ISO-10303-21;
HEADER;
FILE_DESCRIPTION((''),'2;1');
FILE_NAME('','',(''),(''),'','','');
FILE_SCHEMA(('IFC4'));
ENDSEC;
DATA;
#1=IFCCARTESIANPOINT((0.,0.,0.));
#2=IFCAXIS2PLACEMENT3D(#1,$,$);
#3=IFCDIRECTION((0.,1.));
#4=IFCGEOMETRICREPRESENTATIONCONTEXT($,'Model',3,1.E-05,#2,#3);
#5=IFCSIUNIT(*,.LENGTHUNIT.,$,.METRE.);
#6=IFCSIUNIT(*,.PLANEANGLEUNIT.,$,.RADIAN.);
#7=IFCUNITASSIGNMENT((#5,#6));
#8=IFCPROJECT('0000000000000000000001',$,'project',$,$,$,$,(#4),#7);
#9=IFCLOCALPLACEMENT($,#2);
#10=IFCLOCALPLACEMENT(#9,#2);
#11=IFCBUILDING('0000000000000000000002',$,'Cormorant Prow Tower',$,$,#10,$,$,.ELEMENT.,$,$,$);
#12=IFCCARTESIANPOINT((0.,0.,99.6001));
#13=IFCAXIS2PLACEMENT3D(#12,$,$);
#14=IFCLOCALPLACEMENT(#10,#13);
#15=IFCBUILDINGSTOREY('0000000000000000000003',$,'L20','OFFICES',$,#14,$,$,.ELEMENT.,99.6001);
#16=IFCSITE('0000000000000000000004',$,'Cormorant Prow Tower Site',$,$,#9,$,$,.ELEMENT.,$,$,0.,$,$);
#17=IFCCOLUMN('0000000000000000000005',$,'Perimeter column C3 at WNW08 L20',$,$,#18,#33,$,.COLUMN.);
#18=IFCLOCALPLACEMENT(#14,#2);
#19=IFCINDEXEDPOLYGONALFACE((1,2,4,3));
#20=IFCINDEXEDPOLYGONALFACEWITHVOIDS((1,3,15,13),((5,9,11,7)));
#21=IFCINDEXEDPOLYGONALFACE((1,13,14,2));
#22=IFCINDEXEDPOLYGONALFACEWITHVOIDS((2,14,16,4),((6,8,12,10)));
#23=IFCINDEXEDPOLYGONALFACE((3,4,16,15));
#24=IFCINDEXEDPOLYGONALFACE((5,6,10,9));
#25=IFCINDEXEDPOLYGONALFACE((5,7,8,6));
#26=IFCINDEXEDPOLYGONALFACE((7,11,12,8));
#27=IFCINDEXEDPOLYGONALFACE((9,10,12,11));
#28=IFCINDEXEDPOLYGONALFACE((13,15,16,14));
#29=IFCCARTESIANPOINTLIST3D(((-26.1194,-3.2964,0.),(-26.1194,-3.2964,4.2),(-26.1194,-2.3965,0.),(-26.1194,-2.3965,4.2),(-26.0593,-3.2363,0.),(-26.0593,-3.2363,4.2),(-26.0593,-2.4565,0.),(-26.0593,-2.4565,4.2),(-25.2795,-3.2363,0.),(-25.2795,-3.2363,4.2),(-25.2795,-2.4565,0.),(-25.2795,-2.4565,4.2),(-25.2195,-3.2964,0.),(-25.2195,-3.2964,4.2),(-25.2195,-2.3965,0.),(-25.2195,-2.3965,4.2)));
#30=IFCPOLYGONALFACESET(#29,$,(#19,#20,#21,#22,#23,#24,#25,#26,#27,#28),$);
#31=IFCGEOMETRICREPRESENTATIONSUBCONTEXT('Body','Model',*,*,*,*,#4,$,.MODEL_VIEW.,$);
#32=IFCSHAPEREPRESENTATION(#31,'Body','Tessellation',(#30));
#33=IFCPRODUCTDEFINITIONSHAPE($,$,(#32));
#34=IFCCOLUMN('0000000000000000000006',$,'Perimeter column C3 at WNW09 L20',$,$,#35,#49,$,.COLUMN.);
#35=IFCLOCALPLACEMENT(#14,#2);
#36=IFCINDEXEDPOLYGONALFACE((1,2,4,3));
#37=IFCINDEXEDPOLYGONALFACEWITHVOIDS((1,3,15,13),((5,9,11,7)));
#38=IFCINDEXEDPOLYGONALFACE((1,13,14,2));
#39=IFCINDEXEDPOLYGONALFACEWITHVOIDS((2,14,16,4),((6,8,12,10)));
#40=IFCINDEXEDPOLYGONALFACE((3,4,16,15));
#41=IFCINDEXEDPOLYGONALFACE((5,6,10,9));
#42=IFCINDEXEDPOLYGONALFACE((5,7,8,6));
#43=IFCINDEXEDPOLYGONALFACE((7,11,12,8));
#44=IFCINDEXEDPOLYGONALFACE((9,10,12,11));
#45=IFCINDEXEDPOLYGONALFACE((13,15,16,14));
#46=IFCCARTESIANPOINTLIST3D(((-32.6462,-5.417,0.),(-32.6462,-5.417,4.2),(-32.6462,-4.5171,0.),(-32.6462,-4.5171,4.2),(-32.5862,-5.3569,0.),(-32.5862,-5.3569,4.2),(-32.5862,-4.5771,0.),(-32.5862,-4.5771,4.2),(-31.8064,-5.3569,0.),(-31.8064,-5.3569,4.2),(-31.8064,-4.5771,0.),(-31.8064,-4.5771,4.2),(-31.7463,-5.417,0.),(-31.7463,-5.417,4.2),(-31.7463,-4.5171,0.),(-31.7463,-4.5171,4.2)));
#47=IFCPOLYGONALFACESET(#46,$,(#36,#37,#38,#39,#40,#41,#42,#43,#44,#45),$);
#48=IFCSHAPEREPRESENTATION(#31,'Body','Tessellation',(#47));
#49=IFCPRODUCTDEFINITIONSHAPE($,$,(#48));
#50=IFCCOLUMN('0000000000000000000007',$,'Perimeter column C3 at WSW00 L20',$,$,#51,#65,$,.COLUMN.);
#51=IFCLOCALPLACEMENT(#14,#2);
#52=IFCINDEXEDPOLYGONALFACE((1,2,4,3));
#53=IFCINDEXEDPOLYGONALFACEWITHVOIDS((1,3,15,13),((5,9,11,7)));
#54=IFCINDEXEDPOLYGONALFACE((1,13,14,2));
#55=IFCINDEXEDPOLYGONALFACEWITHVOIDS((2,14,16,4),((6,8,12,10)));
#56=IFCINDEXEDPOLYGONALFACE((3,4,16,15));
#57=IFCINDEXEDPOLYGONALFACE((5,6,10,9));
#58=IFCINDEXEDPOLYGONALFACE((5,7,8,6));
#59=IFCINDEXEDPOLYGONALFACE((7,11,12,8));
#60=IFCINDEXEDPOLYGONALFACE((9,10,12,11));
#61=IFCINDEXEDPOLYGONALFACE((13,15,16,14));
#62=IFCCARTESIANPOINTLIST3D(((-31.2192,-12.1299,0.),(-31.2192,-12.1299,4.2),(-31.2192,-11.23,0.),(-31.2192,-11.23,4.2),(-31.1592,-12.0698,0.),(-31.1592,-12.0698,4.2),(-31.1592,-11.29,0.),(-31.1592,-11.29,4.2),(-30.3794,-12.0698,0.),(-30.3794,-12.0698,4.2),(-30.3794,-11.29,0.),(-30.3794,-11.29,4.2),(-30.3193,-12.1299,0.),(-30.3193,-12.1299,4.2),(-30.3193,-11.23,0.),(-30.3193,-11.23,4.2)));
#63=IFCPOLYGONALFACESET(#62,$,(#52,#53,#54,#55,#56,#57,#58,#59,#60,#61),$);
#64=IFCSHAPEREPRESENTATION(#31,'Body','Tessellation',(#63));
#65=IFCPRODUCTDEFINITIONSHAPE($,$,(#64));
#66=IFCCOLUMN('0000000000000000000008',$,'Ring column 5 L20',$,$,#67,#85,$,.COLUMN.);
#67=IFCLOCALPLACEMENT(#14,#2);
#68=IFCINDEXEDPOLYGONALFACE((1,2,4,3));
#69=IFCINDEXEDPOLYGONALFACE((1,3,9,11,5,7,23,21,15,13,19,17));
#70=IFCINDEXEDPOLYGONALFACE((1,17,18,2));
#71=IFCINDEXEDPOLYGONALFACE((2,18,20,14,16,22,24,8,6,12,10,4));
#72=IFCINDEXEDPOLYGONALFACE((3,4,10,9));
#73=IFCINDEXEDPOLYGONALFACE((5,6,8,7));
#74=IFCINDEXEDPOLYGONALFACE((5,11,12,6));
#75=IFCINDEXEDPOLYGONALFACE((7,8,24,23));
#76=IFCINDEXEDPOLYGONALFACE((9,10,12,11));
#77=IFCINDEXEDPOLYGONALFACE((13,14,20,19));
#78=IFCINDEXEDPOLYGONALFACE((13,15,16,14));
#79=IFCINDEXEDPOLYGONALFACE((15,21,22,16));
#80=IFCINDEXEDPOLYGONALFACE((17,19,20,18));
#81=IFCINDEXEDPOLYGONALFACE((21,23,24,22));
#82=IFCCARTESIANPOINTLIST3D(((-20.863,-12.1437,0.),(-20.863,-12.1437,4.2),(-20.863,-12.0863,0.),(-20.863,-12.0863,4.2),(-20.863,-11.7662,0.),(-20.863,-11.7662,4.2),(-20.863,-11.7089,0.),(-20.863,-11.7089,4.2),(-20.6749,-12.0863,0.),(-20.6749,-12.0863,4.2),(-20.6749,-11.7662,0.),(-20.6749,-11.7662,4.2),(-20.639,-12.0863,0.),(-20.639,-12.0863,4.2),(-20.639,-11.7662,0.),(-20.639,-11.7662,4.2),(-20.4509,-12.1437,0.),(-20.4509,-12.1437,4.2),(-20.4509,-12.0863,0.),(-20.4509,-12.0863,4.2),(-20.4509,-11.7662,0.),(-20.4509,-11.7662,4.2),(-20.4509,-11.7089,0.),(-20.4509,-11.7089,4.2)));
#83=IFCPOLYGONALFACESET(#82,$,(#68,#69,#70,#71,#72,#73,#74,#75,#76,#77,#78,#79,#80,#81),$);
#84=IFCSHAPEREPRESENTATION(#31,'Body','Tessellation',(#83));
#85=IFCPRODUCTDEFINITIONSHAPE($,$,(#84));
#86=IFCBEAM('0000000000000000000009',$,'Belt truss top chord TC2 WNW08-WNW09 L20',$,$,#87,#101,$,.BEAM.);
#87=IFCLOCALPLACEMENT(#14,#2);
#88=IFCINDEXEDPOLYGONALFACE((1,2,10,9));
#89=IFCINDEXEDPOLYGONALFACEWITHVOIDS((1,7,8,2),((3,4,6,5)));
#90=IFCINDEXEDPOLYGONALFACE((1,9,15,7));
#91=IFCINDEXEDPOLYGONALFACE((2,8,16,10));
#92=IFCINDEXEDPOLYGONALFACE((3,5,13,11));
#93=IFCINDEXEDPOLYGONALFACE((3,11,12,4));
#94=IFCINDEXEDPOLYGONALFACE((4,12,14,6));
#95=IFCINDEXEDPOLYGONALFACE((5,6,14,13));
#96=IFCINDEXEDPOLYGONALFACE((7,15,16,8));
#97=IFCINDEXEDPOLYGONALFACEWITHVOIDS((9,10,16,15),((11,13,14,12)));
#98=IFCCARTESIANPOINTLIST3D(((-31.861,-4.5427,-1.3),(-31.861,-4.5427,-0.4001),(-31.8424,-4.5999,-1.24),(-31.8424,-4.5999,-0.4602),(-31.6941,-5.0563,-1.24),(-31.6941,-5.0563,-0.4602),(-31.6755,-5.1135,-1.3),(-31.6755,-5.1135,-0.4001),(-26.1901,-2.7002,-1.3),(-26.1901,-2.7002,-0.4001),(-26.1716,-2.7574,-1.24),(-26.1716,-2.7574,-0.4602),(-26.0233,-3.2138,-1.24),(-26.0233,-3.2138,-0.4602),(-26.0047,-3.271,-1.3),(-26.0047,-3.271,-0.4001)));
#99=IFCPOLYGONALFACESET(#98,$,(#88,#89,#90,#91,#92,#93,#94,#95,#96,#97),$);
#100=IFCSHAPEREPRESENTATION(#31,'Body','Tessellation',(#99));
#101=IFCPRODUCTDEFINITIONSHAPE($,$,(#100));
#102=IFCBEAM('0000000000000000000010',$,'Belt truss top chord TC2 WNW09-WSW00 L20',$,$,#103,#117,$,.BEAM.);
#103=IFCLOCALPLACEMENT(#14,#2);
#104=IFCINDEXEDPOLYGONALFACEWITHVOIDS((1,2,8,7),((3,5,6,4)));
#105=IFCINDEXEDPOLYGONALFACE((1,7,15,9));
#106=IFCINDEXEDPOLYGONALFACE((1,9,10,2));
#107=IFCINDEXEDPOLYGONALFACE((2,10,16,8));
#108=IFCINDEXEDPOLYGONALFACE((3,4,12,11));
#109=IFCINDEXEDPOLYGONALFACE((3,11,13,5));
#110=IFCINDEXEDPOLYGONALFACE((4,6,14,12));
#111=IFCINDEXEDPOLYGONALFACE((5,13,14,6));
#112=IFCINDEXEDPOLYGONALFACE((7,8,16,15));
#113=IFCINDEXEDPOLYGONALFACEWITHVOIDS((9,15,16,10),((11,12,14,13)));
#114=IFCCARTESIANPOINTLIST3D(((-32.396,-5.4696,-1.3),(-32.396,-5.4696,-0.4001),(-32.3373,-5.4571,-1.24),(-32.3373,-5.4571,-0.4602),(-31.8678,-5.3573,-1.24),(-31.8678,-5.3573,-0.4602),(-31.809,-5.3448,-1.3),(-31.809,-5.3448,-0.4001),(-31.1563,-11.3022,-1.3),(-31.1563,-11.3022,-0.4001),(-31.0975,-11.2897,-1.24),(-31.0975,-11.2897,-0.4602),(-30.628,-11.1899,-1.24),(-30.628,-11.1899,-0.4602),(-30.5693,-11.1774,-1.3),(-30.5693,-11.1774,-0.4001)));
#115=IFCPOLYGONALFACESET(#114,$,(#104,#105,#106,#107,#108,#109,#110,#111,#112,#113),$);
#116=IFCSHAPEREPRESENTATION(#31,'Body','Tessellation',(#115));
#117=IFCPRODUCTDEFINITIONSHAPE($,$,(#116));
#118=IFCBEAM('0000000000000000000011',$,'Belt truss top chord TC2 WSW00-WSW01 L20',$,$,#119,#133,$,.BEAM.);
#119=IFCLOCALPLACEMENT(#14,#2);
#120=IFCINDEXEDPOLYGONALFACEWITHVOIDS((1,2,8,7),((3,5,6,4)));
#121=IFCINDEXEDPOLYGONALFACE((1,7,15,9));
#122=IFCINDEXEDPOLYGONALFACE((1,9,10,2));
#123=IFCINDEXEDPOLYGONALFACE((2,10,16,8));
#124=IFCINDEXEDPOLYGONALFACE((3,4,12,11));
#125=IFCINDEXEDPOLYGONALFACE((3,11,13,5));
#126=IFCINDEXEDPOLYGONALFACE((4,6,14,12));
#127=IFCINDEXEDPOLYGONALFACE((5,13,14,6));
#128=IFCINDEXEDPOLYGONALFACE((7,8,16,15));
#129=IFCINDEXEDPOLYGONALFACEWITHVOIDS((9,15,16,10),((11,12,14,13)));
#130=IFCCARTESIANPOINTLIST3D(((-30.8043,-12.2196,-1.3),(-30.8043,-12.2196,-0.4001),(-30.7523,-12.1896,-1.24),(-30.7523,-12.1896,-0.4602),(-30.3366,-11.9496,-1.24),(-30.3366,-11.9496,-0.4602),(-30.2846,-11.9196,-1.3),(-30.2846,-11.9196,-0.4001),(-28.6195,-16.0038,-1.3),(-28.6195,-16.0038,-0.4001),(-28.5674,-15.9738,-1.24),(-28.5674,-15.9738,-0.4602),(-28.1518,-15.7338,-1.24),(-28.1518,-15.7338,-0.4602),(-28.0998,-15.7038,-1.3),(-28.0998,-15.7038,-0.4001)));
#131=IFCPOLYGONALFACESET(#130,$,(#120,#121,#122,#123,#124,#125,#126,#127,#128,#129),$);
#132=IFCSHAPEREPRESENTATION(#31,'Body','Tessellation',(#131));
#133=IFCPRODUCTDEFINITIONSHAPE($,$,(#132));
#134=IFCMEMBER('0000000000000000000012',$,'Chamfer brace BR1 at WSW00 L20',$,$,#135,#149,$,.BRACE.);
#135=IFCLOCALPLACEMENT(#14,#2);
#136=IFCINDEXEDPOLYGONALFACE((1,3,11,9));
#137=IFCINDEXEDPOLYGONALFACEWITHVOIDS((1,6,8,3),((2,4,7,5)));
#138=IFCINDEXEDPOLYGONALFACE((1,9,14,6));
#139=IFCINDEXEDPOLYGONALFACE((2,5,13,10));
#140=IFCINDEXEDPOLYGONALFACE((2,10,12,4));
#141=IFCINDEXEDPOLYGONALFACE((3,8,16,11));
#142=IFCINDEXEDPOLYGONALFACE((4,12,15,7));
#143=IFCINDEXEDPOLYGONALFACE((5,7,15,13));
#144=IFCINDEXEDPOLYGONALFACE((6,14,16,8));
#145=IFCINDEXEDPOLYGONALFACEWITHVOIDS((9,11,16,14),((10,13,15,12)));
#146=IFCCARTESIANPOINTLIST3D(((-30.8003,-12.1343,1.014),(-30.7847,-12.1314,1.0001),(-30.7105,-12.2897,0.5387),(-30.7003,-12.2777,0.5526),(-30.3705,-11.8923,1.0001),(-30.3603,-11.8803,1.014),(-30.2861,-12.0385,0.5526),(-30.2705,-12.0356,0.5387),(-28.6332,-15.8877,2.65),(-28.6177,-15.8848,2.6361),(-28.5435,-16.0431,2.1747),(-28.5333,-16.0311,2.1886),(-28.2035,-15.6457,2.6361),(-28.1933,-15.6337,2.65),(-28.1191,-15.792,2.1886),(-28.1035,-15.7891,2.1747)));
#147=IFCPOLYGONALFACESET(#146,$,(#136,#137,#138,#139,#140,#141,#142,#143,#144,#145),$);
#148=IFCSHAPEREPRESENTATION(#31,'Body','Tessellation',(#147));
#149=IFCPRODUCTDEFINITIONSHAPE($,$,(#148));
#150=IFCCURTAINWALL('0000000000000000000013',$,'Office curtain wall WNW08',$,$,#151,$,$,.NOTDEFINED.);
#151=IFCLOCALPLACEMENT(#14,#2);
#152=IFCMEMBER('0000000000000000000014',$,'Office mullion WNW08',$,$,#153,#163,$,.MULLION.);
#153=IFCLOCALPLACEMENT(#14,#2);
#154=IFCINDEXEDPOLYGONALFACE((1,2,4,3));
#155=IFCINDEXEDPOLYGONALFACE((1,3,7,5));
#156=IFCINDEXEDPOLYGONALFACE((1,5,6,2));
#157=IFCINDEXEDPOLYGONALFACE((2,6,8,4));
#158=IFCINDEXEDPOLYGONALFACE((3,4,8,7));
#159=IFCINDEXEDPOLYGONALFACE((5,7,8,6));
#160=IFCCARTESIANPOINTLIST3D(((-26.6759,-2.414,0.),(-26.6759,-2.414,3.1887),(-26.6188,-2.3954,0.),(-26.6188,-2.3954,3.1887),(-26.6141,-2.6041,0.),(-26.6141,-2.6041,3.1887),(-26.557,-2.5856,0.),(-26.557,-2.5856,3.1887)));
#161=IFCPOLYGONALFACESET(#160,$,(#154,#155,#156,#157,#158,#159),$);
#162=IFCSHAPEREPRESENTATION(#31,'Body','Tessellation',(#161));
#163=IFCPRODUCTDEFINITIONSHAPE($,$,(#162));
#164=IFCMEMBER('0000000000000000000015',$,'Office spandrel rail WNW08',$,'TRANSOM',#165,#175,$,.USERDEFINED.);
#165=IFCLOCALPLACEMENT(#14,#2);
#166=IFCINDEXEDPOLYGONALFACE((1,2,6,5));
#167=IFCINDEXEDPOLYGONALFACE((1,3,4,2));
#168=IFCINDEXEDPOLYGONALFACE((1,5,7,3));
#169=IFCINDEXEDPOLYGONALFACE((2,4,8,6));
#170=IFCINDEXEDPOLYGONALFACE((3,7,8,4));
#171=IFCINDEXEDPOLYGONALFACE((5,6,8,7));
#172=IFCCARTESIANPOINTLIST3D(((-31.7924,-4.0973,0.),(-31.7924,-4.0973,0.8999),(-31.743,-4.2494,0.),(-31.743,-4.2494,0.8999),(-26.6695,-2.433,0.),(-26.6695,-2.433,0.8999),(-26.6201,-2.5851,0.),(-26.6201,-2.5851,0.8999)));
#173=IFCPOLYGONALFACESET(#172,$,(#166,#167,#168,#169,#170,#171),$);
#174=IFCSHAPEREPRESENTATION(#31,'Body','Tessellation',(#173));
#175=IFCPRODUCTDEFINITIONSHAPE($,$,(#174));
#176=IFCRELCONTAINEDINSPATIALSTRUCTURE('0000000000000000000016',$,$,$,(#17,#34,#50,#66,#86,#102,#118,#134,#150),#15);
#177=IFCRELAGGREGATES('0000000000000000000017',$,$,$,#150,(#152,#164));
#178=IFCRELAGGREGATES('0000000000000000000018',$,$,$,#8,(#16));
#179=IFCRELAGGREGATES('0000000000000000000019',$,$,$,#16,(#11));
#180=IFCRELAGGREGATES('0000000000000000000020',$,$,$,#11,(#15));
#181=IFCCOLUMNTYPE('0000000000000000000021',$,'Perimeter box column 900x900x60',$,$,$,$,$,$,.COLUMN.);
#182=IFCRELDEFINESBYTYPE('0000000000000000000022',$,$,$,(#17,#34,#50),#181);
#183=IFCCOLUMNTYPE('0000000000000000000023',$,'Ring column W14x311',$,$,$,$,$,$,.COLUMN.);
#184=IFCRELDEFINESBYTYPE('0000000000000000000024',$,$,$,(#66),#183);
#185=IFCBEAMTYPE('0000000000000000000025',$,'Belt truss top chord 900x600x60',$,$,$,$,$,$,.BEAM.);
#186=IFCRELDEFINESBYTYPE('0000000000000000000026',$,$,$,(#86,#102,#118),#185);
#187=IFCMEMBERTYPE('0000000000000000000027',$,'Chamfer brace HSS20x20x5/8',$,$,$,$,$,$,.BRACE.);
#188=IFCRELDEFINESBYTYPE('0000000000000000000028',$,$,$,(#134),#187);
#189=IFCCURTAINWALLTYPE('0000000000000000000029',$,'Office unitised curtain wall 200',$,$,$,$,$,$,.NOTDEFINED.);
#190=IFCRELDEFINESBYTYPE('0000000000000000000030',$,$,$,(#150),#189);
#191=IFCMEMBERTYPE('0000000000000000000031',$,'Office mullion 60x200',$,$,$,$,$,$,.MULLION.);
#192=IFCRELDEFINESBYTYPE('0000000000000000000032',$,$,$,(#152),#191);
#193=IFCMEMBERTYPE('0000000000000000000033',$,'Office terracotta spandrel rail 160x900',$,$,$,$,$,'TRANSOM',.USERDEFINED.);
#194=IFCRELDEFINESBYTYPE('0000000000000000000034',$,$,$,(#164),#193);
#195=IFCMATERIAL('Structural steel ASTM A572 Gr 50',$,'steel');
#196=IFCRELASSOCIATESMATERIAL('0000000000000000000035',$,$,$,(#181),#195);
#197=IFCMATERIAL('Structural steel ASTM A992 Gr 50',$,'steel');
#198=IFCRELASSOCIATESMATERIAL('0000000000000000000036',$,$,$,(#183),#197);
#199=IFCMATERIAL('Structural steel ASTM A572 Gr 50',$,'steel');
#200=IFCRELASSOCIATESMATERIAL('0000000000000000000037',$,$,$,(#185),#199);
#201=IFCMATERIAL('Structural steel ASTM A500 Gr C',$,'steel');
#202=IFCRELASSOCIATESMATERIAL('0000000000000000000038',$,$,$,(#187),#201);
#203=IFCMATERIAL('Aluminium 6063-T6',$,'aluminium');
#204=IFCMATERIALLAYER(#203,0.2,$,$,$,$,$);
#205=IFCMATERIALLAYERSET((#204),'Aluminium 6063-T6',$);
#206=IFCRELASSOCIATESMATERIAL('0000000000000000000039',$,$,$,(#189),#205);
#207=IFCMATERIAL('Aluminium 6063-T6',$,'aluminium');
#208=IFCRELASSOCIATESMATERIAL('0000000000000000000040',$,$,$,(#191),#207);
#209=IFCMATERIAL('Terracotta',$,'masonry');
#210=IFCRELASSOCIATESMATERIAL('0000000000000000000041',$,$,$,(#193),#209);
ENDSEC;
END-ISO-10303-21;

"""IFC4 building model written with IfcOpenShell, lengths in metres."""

from ifc_helpers import new_model, si_unit, direction, frame, origin, origin_2d, place, context, subcontext, project, spatial, rectangle, hollow_rectangle, i_section, extrude, material, layer, layer_set, material_profile, profile_set, type_object, element, aggregate, save


model = new_model("IFC4")

# Units and contexts
model_context = context("Model", 3, precision=1e-05, world=origin(), true_north=direction((0.0, 1.0)))
body_context = subcontext(model_context, "Body", "Model", "MODEL_VIEW")
ifc_project = project(units=[si_unit("LENGTHUNIT", "METRE"), si_unit("PLANEANGLEUNIT", "RADIAN")], contexts=[model_context])

# Site, building, storey
site_placement = place(None, origin())
site = spatial("IfcSite", under=ifc_project, at=site_placement, Name="Cormorant Prow Tower Site", CompositionType="ELEMENT", RefElevation=0.0)
building_placement = place(site_placement, origin())
building = spatial("IfcBuilding", under=site, at=building_placement, Name="Cormorant Prow Tower", CompositionType="ELEMENT")
storey_placement = place(building_placement, frame((0.0, 0.0, 99.6001)))
storey = spatial("IfcBuildingStorey", under=building, at=storey_placement, Name="L20", Description="OFFICES", CompositionType="ELEMENT", Elevation=99.6001)

# Columns
ifc_material_1 = material(Name="Structural steel ASTM A572 Gr 50", Category="steel")
ifc_material_profile_1 = material_profile(ifc_material_1, hollow_rectangle(XDim=0.8999, YDim=0.8999, WallThickness=0.0601, at=origin_2d()), Name="Box 900x900x60")
ifc_profile_set_1 = profile_set([ifc_material_profile_1], Name="Structural steel ASTM A572 Gr 50")
column_type_1 = type_object("IfcColumnType", Name="Perimeter box column 900x900x60", PredefinedType="COLUMN", material=ifc_profile_set_1)
for number, where, z_axis, x_axis, name in (
    (1, (-25.6694, -2.8464, 0.0), (0.0, 0.0, 1.0), (1.0, 0.0, 0.0), "Perimeter column C3 at WNW08 L20"),
    (2, (-32.1963, -4.967, 0.0), (0.0, 0.0, 1.0), (1.0, 0.0, 0.0), "Perimeter column C3 at WNW09 L20"),
    (3, (-30.7693, -11.6799, 0.0), (0.0, 0.0, 1.0), (1.0, 0.0, 0.0), "Perimeter column C3 at WSW00 L20"),
):
    element("IfcColumn", number, at=place(storey_placement, frame(where, z_axis=z_axis, x_axis=x_axis)), inside=storey, type_object=column_type_1, Name=name, PredefinedType="COLUMN", context=body_context, shape_type="SweptSolid", body=[
        extrude(hollow_rectangle(XDim=0.8999, YDim=0.8999, WallThickness=0.0601, at=origin_2d()), origin(), (0.0, 0.0, 1.0), 4.2),
    ])
ifc_material_2 = material(Name="Structural steel ASTM A992 Gr 50", Category="steel")
ifc_material_profile_2 = material_profile(ifc_material_2, i_section(OverallWidth=0.4121, OverallDepth=0.4348, WebThickness=0.0359, FlangeThickness=0.0574, at=origin_2d()), Name="W14x311")
ifc_profile_set_2 = profile_set([ifc_material_profile_2], Name="Structural steel ASTM A992 Gr 50")
column_type_2 = type_object("IfcColumnType", Name="Ring column W14x311", PredefinedType="COLUMN", material=ifc_profile_set_2)
column_placement = place(storey_placement, frame((-20.657, -11.9263, 0.0), z_axis=(0.0, 0.0, 1.0), x_axis=(1.0, 0.0, 0.0)))
element("IfcColumn", 4, at=column_placement, inside=storey, type_object=column_type_2, Name="Ring column 5 L20", PredefinedType="COLUMN", context=body_context, shape_type="SweptSolid", body=[
    extrude(i_section(OverallWidth=0.4121, OverallDepth=0.4348, WebThickness=0.0359, FlangeThickness=0.0574, at=origin_2d()), origin(), (0.0, 0.0, 1.0), 4.2),
])

# Beams
ifc_material_3 = material(Name="Structural steel ASTM A572 Gr 50", Category="steel")
ifc_material_profile_3 = material_profile(ifc_material_3, hollow_rectangle(XDim=0.6001, YDim=0.8999, WallThickness=0.0601, at=origin_2d()), Name="Box 900x600x60")
ifc_profile_set_3 = profile_set([ifc_material_profile_3], Name="Structural steel ASTM A572 Gr 50")
beam_type_1 = type_object("IfcBeamType", Name="Belt truss top chord 900x600x60", PredefinedType="BEAM", material=ifc_profile_set_3)
beam_1_placement = place(storey_placement, frame((-26.0974, -2.9856, -0.8501), z_axis=(-0.951059, -0.309008, 0.0), x_axis=(0.309008, -0.951059, 0.0)))
element("IfcBeam", 5, at=beam_1_placement, inside=storey, type_object=beam_type_1, Name="Belt truss top chord TC2 WNW08-WNW09 L20", PredefinedType="BEAM", context=body_context, shape_type="SweptSolid", body=[
    extrude(hollow_rectangle(XDim=0.6001, YDim=0.8999, WallThickness=0.0601, at=origin_2d()), origin(), (0.0, 0.0, 1.0), 5.9626),
])
beam_2_placement = place(storey_placement, frame((-32.1025, -5.4072, -0.8501), z_axis=(0.207913, -0.978147, 0.0), x_axis=(0.978147, 0.207913, 0.0)))
element("IfcBeam", 6, at=beam_2_placement, inside=storey, type_object=beam_type_1, Name="Belt truss top chord TC2 WNW09-WSW00 L20", PredefinedType="BEAM", context=body_context, shape_type="SweptSolid", body=[
    extrude(hollow_rectangle(XDim=0.6001, YDim=0.8999, WallThickness=0.0601, at=origin_2d()), origin(), (0.0, 0.0, 1.0), 5.9629),
])
beam_3_placement = place(storey_placement, frame((-30.5444, -12.0696, -0.8501), z_axis=(0.500003, -0.866024, 0.0), x_axis=(0.866024, 0.500003, 0.0)))
element("IfcBeam", 7, at=beam_3_placement, inside=storey, type_object=beam_type_1, Name="Belt truss top chord TC2 WSW00-WSW01 L20", PredefinedType="BEAM", context=body_context, shape_type="SweptSolid", body=[
    extrude(hollow_rectangle(XDim=0.6001, YDim=0.8999, WallThickness=0.0601, at=origin_2d()), origin(), (0.0, 0.0, 1.0), 4.3696),
])

# Member
ifc_material_4 = material(Name="Structural steel ASTM A500 Gr C", Category="steel")
ifc_material_profile_4 = material_profile(ifc_material_4, hollow_rectangle(XDim=0.5081, YDim=0.5081, WallThickness=0.0149, at=origin_2d()), Name="HSS20x20x5/8")
ifc_profile_set_4 = profile_set([ifc_material_profile_4], Name="Structural steel ASTM A500 Gr C")
member_type_1 = type_object("IfcMemberType", Name="Chamfer brace HSS20x20x5/8", PredefinedType="BRACE", material=ifc_profile_set_4)
member_1_placement = place(storey_placement, frame((-30.5354, -12.085, 0.7764), z_axis=(0.467776, -0.810228, 0.353151), x_axis=(0.86603, 0.499992, 0.0)))
element("IfcMember", 8, at=member_1_placement, inside=storey, type_object=member_type_1, Name="Chamfer brace BR1 at WSW00 L20", PredefinedType="BRACE", context=body_context, shape_type="SweptSolid", body=[
    extrude(hollow_rectangle(XDim=0.5081, YDim=0.5081, WallThickness=0.0149, at=origin_2d()), origin(), (0.0, 0.0, 1.0), 4.6326),
])

# Curtain wall, members
ifc_material_5 = material(Name="Aluminium 6063-T6", Category="aluminium")
ifc_layer_1 = layer(ifc_material_5, 0.2)
ifc_layer_set_1 = layer_set([ifc_layer_1], Name="Aluminium 6063-T6")
curtain_wall_type = type_object("IfcCurtainWallType", Name="Office unitised curtain wall 200", PredefinedType="NOTDEFINED", material=ifc_layer_set_1)
curtain_wall_placement = place(storey_placement, origin())
curtain_wall = element("IfcCurtainWall", 9, at=curtain_wall_placement, inside=storey, type_object=curtain_wall_type, Name="Office curtain wall WNW08", PredefinedType="NOTDEFINED")
ifc_material_6 = material(Name="Aluminium 6063-T6", Category="aluminium")
ifc_material_profile_5 = material_profile(ifc_material_6, rectangle(XDim=0.2, YDim=0.0601, at=origin_2d()), Name="Office mullion 60x200")
ifc_profile_set_5 = profile_set([ifc_material_profile_5], Name="Aluminium 6063-T6")
member_type_2 = type_object("IfcMemberType", Name="Office mullion 60x200", PredefinedType="MULLION", material=ifc_profile_set_5)
member_2_placement = place(storey_placement, frame((-26.6165, -2.4998, 0.0), z_axis=(0.0, 0.0, 1.0), x_axis=(0.309017, -0.951057, 0.0)))
member_2 = element("IfcMember", 10, at=member_2_placement, type_object=member_type_2, Name="Office mullion WNW08", PredefinedType="MULLION", context=body_context, shape_type="SweptSolid", body=[
    extrude(rectangle(XDim=0.2, YDim=0.0601, at=origin_2d()), origin(), (0.0, 0.0, 1.0), 3.1887),
])
ifc_material_7 = material(Name="Terracotta", Category="masonry")
ifc_material_profile_6 = material_profile(ifc_material_7, rectangle(XDim=0.1599, YDim=0.8999, at=origin_2d()), Name="Office terracotta spandrel rail 160x900")
ifc_profile_set_6 = profile_set([ifc_material_profile_6], Name="Terracotta")
member_type_3 = type_object("IfcMemberType", Name="Office terracotta spandrel rail 160x900", ElementType="TRANSOM", PredefinedType="USERDEFINED", material=ifc_profile_set_6)
member_3_placement = place(storey_placement, frame((-26.6448, -2.509, 0.45), z_axis=(-0.951067, -0.308985, 0.0), x_axis=(0.308985, -0.951067, 0.0)))
member_3 = element("IfcMember", 11, at=member_3_placement, type_object=member_type_3, Name="Office spandrel rail WNW08", ObjectType="TRANSOM", PredefinedType="USERDEFINED", context=body_context, shape_type="SweptSolid", body=[
    extrude(rectangle(XDim=0.1599, YDim=0.8999, at=origin_2d()), origin(), (0.0, 0.0, 1.0), 5.3865),
])

aggregate(curtain_wall, [member_2, member_3])

save(model, "model.ifc")
